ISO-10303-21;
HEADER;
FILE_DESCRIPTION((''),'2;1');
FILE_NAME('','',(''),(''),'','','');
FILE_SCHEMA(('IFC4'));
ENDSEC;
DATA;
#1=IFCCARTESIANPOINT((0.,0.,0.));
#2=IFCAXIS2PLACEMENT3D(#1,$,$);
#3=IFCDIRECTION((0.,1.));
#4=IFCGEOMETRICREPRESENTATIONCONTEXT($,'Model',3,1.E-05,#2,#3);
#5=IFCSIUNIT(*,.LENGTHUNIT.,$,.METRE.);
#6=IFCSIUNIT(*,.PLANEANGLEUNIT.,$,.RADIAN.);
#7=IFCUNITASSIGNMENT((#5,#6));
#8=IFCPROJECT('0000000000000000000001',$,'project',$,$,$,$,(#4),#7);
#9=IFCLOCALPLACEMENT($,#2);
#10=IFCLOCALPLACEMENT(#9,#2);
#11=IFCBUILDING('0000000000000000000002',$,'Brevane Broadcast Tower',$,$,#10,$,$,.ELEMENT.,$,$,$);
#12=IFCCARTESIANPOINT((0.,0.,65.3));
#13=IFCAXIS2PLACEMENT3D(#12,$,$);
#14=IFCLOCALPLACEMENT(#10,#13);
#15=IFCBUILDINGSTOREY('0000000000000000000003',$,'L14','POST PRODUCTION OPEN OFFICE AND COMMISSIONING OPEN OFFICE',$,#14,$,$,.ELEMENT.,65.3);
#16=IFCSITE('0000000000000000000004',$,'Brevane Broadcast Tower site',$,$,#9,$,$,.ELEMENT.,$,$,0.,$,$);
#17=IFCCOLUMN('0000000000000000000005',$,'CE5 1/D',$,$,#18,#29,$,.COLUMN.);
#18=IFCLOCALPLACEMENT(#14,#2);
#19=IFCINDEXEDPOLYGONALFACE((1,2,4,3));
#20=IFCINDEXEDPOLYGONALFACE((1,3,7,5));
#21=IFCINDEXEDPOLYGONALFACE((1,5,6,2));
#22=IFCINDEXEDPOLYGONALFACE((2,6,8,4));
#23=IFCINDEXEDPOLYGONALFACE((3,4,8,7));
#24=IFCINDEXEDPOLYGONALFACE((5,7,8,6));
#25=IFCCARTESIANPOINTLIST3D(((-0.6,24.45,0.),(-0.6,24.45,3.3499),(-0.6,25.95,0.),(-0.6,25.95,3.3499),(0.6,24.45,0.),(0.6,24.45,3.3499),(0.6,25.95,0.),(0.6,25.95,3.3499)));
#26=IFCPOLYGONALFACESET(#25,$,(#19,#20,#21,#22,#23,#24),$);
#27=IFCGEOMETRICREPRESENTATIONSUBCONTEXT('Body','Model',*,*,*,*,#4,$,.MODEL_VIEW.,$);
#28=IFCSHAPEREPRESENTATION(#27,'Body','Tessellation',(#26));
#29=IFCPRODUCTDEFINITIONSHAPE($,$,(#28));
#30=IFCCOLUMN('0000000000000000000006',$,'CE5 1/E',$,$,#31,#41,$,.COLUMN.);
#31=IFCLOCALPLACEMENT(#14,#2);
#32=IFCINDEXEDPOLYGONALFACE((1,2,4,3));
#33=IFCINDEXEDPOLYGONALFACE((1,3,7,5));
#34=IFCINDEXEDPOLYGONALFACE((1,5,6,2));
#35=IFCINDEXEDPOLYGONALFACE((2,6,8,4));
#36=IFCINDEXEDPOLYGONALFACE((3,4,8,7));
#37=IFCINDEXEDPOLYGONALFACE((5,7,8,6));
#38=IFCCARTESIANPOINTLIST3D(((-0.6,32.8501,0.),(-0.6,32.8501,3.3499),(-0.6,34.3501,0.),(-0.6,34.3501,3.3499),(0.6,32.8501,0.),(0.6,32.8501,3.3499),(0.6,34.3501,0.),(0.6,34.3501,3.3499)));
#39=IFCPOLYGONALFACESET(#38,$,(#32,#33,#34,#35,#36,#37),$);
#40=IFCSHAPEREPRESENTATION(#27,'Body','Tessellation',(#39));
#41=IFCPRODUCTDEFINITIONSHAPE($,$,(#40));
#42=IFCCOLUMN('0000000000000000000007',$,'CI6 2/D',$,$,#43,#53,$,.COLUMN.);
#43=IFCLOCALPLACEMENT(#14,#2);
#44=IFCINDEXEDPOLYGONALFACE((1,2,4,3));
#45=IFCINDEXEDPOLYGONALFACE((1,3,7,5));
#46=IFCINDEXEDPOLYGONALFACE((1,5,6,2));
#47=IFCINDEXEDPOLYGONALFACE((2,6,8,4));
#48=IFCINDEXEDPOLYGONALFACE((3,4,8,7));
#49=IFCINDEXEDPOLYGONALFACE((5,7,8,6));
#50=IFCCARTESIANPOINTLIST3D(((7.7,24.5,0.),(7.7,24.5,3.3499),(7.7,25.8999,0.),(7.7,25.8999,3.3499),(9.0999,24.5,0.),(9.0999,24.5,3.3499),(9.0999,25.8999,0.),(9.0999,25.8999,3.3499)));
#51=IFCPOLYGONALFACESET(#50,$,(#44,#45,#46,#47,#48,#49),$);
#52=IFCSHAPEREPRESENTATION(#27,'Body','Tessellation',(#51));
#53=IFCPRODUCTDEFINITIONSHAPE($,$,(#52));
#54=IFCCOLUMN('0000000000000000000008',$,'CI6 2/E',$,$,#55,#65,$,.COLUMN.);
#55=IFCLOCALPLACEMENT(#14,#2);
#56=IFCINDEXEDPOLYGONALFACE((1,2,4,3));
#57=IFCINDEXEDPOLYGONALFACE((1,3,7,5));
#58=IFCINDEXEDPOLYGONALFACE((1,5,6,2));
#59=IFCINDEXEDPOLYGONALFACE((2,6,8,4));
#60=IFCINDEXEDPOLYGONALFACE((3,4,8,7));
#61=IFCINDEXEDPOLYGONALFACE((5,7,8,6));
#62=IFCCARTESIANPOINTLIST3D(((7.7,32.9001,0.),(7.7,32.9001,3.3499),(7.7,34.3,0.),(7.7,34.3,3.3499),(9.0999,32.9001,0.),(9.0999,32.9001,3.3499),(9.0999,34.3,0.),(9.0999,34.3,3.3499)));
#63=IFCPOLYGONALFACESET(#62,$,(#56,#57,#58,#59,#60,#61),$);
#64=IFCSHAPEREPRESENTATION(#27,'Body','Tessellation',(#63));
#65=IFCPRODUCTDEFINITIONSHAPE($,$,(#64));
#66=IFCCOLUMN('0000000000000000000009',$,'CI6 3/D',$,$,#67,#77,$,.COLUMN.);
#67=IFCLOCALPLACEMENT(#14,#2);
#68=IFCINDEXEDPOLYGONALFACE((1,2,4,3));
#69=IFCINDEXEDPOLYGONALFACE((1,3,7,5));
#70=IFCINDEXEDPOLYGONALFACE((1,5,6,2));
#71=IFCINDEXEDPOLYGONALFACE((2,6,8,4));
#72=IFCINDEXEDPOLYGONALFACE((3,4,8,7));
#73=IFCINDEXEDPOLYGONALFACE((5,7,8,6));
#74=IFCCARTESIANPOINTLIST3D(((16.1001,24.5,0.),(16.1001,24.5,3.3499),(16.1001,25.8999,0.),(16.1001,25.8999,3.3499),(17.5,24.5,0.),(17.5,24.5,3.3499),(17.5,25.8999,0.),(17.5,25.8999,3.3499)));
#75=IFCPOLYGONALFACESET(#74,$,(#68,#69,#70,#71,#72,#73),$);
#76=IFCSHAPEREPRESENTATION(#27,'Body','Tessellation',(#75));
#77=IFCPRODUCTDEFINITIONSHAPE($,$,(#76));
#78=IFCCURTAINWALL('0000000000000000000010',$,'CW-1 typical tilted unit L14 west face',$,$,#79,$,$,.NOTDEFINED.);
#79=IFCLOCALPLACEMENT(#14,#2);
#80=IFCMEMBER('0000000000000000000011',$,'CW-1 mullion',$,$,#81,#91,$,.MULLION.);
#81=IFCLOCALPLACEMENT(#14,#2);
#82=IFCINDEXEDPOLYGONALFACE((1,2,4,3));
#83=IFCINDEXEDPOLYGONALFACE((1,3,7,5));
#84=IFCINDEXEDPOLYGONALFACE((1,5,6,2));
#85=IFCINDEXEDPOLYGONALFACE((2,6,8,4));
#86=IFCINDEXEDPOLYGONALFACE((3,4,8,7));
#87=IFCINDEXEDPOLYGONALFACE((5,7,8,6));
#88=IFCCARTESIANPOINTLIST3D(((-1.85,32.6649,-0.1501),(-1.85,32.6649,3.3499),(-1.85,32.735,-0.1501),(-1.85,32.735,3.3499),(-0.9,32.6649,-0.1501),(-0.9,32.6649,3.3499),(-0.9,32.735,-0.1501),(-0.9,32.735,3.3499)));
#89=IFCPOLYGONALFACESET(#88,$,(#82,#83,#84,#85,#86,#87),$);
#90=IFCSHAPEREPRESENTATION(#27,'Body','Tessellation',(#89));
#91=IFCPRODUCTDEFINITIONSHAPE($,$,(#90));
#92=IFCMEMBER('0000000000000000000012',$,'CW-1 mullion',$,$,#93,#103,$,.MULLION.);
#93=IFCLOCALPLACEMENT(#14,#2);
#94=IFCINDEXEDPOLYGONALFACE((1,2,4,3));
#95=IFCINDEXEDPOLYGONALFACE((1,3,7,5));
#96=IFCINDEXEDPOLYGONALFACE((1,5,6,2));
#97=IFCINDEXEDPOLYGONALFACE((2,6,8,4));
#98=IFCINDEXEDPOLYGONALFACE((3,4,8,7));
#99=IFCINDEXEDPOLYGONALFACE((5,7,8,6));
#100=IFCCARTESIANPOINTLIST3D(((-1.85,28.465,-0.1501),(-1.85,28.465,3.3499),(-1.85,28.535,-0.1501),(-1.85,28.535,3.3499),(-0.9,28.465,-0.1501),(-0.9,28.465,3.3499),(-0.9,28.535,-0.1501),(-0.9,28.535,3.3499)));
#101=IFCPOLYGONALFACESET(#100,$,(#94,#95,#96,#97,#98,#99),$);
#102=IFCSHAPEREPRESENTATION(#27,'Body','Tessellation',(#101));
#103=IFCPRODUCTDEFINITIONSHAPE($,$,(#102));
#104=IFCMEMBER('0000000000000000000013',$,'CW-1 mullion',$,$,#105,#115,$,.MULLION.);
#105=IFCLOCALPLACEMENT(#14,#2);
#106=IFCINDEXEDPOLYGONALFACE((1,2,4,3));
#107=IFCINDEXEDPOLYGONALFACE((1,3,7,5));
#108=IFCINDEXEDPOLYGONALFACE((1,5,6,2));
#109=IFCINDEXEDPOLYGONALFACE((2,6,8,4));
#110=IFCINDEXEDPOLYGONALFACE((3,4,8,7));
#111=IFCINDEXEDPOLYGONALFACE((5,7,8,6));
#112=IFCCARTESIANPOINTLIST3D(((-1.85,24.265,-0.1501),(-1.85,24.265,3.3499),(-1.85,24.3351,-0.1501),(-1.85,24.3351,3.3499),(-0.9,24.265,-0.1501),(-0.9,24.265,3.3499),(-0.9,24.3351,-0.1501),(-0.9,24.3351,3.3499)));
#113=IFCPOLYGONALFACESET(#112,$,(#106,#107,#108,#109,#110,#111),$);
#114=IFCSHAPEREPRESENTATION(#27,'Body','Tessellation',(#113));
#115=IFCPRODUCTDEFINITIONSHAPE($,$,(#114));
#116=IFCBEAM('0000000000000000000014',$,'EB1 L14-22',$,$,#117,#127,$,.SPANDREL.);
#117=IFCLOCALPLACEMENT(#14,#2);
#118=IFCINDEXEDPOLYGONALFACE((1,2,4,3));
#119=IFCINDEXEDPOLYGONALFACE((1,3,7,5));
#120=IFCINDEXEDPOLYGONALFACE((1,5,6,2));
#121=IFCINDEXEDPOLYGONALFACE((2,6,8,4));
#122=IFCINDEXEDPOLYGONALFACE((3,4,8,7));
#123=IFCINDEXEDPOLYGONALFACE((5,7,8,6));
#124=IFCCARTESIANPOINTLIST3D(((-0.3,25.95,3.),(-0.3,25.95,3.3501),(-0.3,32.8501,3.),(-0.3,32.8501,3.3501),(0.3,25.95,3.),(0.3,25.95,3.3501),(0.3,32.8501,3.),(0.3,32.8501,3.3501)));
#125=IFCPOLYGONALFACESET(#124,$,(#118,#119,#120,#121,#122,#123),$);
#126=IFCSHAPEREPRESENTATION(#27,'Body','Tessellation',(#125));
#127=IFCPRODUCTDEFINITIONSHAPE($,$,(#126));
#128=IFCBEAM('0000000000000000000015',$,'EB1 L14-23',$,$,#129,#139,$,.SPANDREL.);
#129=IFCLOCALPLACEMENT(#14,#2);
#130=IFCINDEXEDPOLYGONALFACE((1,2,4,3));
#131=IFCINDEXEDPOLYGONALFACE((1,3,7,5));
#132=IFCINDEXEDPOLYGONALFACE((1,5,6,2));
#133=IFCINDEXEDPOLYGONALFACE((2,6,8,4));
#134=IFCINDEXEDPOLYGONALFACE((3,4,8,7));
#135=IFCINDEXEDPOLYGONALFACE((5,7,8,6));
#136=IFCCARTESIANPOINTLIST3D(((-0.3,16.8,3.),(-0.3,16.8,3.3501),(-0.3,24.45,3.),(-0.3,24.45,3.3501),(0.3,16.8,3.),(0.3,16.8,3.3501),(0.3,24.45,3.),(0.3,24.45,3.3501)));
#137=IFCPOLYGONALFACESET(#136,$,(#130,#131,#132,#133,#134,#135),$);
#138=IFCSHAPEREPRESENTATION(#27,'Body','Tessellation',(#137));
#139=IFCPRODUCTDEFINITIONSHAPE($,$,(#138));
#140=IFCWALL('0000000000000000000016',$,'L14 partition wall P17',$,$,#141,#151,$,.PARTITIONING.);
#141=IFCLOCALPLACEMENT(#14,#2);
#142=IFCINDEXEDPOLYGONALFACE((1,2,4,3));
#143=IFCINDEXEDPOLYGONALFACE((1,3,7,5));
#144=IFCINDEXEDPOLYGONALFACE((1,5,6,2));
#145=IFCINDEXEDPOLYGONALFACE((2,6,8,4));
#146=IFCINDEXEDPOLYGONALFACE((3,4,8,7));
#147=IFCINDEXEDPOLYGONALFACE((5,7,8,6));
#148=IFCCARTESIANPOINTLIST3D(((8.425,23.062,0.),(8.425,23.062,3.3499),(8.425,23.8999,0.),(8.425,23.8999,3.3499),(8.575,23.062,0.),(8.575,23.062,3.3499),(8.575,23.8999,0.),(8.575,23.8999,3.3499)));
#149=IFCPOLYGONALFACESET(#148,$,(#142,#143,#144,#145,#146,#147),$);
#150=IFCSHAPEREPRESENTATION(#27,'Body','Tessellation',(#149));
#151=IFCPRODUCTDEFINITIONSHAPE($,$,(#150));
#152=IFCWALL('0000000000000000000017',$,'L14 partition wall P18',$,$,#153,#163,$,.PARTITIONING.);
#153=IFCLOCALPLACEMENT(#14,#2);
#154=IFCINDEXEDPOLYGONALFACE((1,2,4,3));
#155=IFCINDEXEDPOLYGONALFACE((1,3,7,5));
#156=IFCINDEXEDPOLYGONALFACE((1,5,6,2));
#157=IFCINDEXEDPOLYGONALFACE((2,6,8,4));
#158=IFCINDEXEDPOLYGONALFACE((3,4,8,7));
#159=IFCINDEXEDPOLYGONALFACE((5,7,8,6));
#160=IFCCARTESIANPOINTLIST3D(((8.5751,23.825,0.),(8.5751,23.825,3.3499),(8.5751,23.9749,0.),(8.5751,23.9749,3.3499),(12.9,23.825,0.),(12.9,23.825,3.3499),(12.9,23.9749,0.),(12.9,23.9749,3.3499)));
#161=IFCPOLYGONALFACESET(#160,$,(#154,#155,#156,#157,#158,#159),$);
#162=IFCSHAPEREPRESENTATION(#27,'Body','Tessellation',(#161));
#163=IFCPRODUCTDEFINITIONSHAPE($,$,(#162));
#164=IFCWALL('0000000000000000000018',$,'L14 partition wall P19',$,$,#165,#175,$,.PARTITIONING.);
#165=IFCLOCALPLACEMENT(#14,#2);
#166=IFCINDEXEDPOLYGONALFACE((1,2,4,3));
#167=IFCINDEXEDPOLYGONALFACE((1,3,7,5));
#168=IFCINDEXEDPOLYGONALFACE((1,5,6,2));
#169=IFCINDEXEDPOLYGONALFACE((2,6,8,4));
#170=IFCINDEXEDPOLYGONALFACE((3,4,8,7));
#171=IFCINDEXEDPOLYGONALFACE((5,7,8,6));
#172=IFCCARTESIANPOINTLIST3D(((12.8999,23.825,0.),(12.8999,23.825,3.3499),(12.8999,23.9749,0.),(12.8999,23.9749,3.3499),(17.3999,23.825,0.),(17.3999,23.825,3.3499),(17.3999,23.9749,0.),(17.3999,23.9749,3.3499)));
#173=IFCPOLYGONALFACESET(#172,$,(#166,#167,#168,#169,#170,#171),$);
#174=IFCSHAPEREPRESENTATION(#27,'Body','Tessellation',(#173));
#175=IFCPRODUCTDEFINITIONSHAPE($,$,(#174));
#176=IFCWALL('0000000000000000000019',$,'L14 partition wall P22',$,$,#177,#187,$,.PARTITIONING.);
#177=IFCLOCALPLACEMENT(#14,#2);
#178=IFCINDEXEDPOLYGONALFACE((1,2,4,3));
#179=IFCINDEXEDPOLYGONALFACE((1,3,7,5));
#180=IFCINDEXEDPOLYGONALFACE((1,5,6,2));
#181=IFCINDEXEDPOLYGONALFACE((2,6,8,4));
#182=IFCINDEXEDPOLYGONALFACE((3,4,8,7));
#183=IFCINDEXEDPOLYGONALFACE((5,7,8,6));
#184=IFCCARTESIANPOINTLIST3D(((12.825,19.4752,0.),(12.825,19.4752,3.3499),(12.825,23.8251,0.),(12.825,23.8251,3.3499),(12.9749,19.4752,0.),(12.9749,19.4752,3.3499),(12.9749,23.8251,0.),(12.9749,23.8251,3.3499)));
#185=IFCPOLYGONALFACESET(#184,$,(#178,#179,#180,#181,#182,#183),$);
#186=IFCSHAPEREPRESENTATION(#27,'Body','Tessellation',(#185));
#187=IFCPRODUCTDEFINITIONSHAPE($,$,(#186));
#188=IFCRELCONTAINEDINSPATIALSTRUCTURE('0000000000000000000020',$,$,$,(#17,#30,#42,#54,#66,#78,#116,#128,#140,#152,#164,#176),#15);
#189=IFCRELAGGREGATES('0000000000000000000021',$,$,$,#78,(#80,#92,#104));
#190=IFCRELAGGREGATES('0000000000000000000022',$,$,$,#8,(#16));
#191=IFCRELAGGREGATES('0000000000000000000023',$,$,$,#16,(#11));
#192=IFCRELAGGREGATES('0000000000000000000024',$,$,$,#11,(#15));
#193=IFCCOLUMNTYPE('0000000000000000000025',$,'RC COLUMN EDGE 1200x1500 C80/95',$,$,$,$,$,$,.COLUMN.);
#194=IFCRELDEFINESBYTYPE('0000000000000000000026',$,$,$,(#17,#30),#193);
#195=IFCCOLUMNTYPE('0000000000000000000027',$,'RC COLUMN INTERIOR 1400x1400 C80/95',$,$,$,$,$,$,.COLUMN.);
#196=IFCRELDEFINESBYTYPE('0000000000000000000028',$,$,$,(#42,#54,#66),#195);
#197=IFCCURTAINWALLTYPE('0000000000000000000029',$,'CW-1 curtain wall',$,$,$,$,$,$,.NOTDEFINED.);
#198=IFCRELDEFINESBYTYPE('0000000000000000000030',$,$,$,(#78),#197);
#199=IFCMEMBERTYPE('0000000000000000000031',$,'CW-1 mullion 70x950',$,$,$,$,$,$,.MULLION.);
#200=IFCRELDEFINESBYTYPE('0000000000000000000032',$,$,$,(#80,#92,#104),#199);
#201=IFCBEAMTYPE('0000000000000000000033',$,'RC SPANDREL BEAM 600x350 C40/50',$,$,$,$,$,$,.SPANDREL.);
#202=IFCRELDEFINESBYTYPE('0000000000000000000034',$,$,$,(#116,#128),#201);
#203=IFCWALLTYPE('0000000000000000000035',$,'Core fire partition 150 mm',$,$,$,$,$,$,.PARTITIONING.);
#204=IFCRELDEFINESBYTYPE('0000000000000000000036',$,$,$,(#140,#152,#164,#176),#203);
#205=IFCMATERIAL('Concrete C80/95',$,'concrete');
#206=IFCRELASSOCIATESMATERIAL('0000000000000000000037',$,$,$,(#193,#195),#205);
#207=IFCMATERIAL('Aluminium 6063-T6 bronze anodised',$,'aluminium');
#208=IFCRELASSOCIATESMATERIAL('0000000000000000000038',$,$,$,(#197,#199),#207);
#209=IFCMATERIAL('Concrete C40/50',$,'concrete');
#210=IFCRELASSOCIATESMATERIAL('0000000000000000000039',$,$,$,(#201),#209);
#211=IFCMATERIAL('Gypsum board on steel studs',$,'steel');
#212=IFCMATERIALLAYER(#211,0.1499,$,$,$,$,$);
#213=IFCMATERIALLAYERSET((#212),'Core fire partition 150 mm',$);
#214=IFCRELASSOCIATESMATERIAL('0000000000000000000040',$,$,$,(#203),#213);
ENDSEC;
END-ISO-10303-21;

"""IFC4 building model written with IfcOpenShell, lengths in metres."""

from ifc_helpers import new_model, si_unit, direction, frame, frame_2d, origin, origin_2d, place, context, subcontext, project, spatial, rectangle, extrude, material, layer, layer_set, material_profile, profile_set, type_object, element, aggregate, save


model = new_model("IFC4")

# Units and contexts
model_context = context("Model", 3, precision=1e-05, world=origin(), true_north=direction((0.0, 1.0)))
body_context = subcontext(model_context, "Body", "Model", "MODEL_VIEW")
ifc_project = project(units=[si_unit("LENGTHUNIT", "METRE"), si_unit("PLANEANGLEUNIT", "RADIAN")], contexts=[model_context])

# Site, building, storey
site_placement = place(None, origin())
site = spatial("IfcSite", under=ifc_project, at=site_placement, Name="Brevane Broadcast Tower site", CompositionType="ELEMENT", RefElevation=0.0)
building_placement = place(site_placement, origin())
building = spatial("IfcBuilding", under=site, at=building_placement, Name="Brevane Broadcast Tower", CompositionType="ELEMENT")
storey_placement = place(building_placement, frame((0.0, 0.0, 65.3)))
storey = spatial("IfcBuildingStorey", under=building, at=storey_placement, Name="L14", Description="POST PRODUCTION OPEN OFFICE AND COMMISSIONING OPEN OFFICE", CompositionType="ELEMENT", Elevation=65.3)

# Columns
ifc_material_1 = material(Name="Concrete C80/95", Category="concrete")
ifc_material_profile_1 = material_profile(ifc_material_1, rectangle(XDim=1.2, YDim=1.5, at=origin_2d()), Name="RC 1200x1500")
ifc_profile_set_1 = profile_set([ifc_material_profile_1], Name="Concrete C80/95")
column_type_1 = type_object("IfcColumnType", Name="RC COLUMN EDGE 1200x1500 C80/95", PredefinedType="COLUMN", material=ifc_profile_set_1)
for number, where, z_axis, x_axis, name in (
    (1, (0.0, 25.2, 0.0), (0.0, 0.0, 1.0), (1.0, 0.0, 0.0), "CE5 1/D"),
    (2, (0.0, 33.6001, 0.0), (0.0, 0.0, 1.0), (1.0, 0.0, 0.0), "CE5 1/E"),
):
    element("IfcColumn", number, at=place(storey_placement, frame(where, z_axis=z_axis, x_axis=x_axis)), inside=storey, type_object=column_type_1, Name=name, PredefinedType="COLUMN", context=body_context, shape_type="SweptSolid", body=[
        extrude(rectangle(XDim=1.2, YDim=1.5, at=origin_2d()), origin(), (0.0, 0.0, 1.0), 3.3499),
    ])
ifc_material_profile_2 = material_profile(ifc_material_1, rectangle(XDim=1.3999, YDim=1.3999, at=origin_2d()), Name="RC 1400x1400")
ifc_profile_set_2 = profile_set([ifc_material_profile_2], Name="Concrete C80/95")
column_type_2 = type_object("IfcColumnType", Name="RC COLUMN INTERIOR 1400x1400 C80/95", PredefinedType="COLUMN", material=ifc_profile_set_2)
for number, where, z_axis, x_axis, name in (
    (3, (8.3999, 25.2, 0.0), (0.0, 0.0, 1.0), (1.0, 0.0, 0.0), "CI6 2/D"),
    (4, (8.3999, 33.6001, 0.0), (0.0, 0.0, 1.0), (1.0, 0.0, 0.0), "CI6 2/E"),
    (5, (16.8, 25.2, 0.0), (0.0, 0.0, 1.0), (1.0, 0.0, 0.0), "CI6 3/D"),
):
    element("IfcColumn", number, at=place(storey_placement, frame(where, z_axis=z_axis, x_axis=x_axis)), inside=storey, type_object=column_type_2, Name=name, PredefinedType="COLUMN", context=body_context, shape_type="SweptSolid", body=[
        extrude(rectangle(XDim=1.3999, YDim=1.3999, at=origin_2d()), origin(), (0.0, 0.0, 1.0), 3.3499),
    ])

# Curtain wall, members
ifc_material_2 = material(Name="Aluminium 6063-T6 bronze anodised", Category="aluminium")
curtain_wall_type = type_object("IfcCurtainWallType", Name="CW-1 curtain wall", PredefinedType="NOTDEFINED", material=ifc_material_2)
curtain_wall_placement = place(storey_placement, origin())
curtain_wall = element("IfcCurtainWall", 6, at=curtain_wall_placement, inside=storey, type_object=curtain_wall_type, Name="CW-1 typical tilted unit L14 west face", PredefinedType="NOTDEFINED")
ifc_material_profile_3 = material_profile(ifc_material_2, rectangle(XDim=0.95, YDim=0.0701, at=origin_2d()), Name="RECT 70x950")
ifc_profile_set_3 = profile_set([ifc_material_profile_3], Name="Aluminium 6063-T6 bronze anodised")
member_type = type_object("IfcMemberType", Name="CW-1 mullion 70x950", PredefinedType="MULLION", material=ifc_profile_set_3)
member_1_placement = place(storey_placement, frame((-1.375, 32.7, -0.1501), z_axis=(0.0, 0.0, 1.0), x_axis=(1.0, 0.0, 0.0)))
member_1 = element("IfcMember", 7, at=member_1_placement, type_object=member_type, Name="CW-1 mullion", PredefinedType="MULLION", context=body_context, shape_type="SweptSolid", body=[
    extrude(rectangle(XDim=0.95, YDim=0.0701, at=origin_2d()), origin(), (0.0, 0.0, 1.0), 3.5),
])
member_2_placement = place(storey_placement, frame((-1.375, 28.5, -0.1501), z_axis=(0.0, 0.0, 1.0), x_axis=(1.0, 0.0, 0.0)))
member_2 = element("IfcMember", 8, at=member_2_placement, type_object=member_type, Name="CW-1 mullion", PredefinedType="MULLION", context=body_context, shape_type="SweptSolid", body=[
    extrude(rectangle(XDim=0.95, YDim=0.0701, at=origin_2d()), origin(), (0.0, 0.0, 1.0), 3.5),
])
member_3_placement = place(storey_placement, frame((-1.375, 24.3, -0.1501), z_axis=(0.0, 0.0, 1.0), x_axis=(1.0, 0.0, 0.0)))
member_3 = element("IfcMember", 9, at=member_3_placement, type_object=member_type, Name="CW-1 mullion", PredefinedType="MULLION", context=body_context, shape_type="SweptSolid", body=[
    extrude(rectangle(XDim=0.95, YDim=0.0701, at=origin_2d()), origin(), (0.0, 0.0, 1.0), 3.5),
])
aggregate(curtain_wall, [member_1, member_2, member_3])

# Beams
ifc_material_3 = material(Name="Concrete C40/50", Category="concrete")
ifc_material_profile_4 = material_profile(ifc_material_3, rectangle(XDim=0.6001, YDim=0.3501, at=origin_2d()), Name="RC 600x350")
ifc_profile_set_4 = profile_set([ifc_material_profile_4], Name="Concrete C40/50")
beam_type = type_object("IfcBeamType", Name="RC SPANDREL BEAM 600x350 C40/50", PredefinedType="SPANDREL", material=ifc_profile_set_4)
beam_1_placement = place(storey_placement, frame((0.0, 32.8501, 3.175), z_axis=(0.0, -1.0, 0.0), x_axis=(1.0, 0.0, 0.0)))
element("IfcBeam", 10, at=beam_1_placement, inside=storey, type_object=beam_type, Name="EB1 L14-22", PredefinedType="SPANDREL", context=body_context, shape_type="SweptSolid", body=[
    extrude(rectangle(XDim=0.6001, YDim=0.3501, at=origin_2d()), origin(), (0.0, 0.0, 1.0), 6.9001),
])
beam_2_placement = place(storey_placement, frame((0.0, 24.45, 3.175), z_axis=(0.0, -1.0, 0.0), x_axis=(1.0, 0.0, 0.0)))
element("IfcBeam", 11, at=beam_2_placement, inside=storey, type_object=beam_type, Name="EB1 L14-23", PredefinedType="SPANDREL", context=body_context, shape_type="SweptSolid", body=[
    extrude(rectangle(XDim=0.6001, YDim=0.3501, at=origin_2d()), origin(), (0.0, 0.0, 1.0), 7.6499),
])

# Walls
ifc_material_4 = material(Name="Gypsum board on steel studs", Category="steel")
ifc_layer_1 = layer(ifc_material_4, 0.1499)
ifc_layer_set_1 = layer_set([ifc_layer_1], Name="Core fire partition 150 mm")
wall_type_1 = type_object("IfcWallType", Name="Core fire partition 150 mm", PredefinedType="PARTITIONING", material=ifc_layer_set_1)
wall_1_placement = place(storey_placement, frame((8.5, 23.062, 0.0), z_axis=(0.0, 0.0, 1.0), x_axis=(0.0, 1.0, 0.0)))
element("IfcWall", 12, at=wall_1_placement, inside=storey, type_object=wall_type_1, Name="L14 partition wall P17", PredefinedType="PARTITIONING", context=body_context, shape_type="SweptSolid", body=[
    extrude(rectangle(XDim=0.8379, YDim=0.1499, at=frame_2d((0.4189, 0.0))), origin(), (0.0, 0.0, 1.0), 3.3499),
])
wall_2_placement = place(storey_placement, frame((8.575, 23.8999, 0.0), z_axis=(0.0, 0.0, 1.0), x_axis=(1.0, 0.0, 0.0)))
element("IfcWall", 13, at=wall_2_placement, inside=storey, type_object=wall_type_1, Name="L14 partition wall P18", PredefinedType="PARTITIONING", context=body_context, shape_type="SweptSolid", body=[
    extrude(rectangle(XDim=4.325, YDim=0.1499, at=frame_2d((2.1626, 0.0))), origin(), (0.0, 0.0, 1.0), 3.3499),
])
wall_3_placement = place(storey_placement, frame((12.8999, 23.8999, 0.0), z_axis=(0.0, 0.0, 1.0), x_axis=(1.0, 0.0, 0.0)))
element("IfcWall", 14, at=wall_3_placement, inside=storey, type_object=wall_type_1, Name="L14 partition wall P19", PredefinedType="PARTITIONING", context=body_context, shape_type="SweptSolid", body=[
    extrude(rectangle(XDim=4.5, YDim=0.1499, at=frame_2d((2.25, 0.0))), origin(), (0.0, 0.0, 1.0), 3.3499),
])
wall_4_placement = place(storey_placement, frame((12.8999, 23.825, 0.0), z_axis=(0.0, 0.0, 1.0), x_axis=(0.0, -1.0, 0.0)))
element("IfcWall", 15, at=wall_4_placement, inside=storey, type_object=wall_type_1, Name="L14 partition wall P22", PredefinedType="PARTITIONING", context=body_context, shape_type="SweptSolid", body=[
    extrude(rectangle(XDim=4.3499, YDim=0.1499, at=frame_2d((2.1748, 0.0))), origin(), (0.0, 0.0, 1.0), 3.3499),
])

save(model, "model.ifc")
